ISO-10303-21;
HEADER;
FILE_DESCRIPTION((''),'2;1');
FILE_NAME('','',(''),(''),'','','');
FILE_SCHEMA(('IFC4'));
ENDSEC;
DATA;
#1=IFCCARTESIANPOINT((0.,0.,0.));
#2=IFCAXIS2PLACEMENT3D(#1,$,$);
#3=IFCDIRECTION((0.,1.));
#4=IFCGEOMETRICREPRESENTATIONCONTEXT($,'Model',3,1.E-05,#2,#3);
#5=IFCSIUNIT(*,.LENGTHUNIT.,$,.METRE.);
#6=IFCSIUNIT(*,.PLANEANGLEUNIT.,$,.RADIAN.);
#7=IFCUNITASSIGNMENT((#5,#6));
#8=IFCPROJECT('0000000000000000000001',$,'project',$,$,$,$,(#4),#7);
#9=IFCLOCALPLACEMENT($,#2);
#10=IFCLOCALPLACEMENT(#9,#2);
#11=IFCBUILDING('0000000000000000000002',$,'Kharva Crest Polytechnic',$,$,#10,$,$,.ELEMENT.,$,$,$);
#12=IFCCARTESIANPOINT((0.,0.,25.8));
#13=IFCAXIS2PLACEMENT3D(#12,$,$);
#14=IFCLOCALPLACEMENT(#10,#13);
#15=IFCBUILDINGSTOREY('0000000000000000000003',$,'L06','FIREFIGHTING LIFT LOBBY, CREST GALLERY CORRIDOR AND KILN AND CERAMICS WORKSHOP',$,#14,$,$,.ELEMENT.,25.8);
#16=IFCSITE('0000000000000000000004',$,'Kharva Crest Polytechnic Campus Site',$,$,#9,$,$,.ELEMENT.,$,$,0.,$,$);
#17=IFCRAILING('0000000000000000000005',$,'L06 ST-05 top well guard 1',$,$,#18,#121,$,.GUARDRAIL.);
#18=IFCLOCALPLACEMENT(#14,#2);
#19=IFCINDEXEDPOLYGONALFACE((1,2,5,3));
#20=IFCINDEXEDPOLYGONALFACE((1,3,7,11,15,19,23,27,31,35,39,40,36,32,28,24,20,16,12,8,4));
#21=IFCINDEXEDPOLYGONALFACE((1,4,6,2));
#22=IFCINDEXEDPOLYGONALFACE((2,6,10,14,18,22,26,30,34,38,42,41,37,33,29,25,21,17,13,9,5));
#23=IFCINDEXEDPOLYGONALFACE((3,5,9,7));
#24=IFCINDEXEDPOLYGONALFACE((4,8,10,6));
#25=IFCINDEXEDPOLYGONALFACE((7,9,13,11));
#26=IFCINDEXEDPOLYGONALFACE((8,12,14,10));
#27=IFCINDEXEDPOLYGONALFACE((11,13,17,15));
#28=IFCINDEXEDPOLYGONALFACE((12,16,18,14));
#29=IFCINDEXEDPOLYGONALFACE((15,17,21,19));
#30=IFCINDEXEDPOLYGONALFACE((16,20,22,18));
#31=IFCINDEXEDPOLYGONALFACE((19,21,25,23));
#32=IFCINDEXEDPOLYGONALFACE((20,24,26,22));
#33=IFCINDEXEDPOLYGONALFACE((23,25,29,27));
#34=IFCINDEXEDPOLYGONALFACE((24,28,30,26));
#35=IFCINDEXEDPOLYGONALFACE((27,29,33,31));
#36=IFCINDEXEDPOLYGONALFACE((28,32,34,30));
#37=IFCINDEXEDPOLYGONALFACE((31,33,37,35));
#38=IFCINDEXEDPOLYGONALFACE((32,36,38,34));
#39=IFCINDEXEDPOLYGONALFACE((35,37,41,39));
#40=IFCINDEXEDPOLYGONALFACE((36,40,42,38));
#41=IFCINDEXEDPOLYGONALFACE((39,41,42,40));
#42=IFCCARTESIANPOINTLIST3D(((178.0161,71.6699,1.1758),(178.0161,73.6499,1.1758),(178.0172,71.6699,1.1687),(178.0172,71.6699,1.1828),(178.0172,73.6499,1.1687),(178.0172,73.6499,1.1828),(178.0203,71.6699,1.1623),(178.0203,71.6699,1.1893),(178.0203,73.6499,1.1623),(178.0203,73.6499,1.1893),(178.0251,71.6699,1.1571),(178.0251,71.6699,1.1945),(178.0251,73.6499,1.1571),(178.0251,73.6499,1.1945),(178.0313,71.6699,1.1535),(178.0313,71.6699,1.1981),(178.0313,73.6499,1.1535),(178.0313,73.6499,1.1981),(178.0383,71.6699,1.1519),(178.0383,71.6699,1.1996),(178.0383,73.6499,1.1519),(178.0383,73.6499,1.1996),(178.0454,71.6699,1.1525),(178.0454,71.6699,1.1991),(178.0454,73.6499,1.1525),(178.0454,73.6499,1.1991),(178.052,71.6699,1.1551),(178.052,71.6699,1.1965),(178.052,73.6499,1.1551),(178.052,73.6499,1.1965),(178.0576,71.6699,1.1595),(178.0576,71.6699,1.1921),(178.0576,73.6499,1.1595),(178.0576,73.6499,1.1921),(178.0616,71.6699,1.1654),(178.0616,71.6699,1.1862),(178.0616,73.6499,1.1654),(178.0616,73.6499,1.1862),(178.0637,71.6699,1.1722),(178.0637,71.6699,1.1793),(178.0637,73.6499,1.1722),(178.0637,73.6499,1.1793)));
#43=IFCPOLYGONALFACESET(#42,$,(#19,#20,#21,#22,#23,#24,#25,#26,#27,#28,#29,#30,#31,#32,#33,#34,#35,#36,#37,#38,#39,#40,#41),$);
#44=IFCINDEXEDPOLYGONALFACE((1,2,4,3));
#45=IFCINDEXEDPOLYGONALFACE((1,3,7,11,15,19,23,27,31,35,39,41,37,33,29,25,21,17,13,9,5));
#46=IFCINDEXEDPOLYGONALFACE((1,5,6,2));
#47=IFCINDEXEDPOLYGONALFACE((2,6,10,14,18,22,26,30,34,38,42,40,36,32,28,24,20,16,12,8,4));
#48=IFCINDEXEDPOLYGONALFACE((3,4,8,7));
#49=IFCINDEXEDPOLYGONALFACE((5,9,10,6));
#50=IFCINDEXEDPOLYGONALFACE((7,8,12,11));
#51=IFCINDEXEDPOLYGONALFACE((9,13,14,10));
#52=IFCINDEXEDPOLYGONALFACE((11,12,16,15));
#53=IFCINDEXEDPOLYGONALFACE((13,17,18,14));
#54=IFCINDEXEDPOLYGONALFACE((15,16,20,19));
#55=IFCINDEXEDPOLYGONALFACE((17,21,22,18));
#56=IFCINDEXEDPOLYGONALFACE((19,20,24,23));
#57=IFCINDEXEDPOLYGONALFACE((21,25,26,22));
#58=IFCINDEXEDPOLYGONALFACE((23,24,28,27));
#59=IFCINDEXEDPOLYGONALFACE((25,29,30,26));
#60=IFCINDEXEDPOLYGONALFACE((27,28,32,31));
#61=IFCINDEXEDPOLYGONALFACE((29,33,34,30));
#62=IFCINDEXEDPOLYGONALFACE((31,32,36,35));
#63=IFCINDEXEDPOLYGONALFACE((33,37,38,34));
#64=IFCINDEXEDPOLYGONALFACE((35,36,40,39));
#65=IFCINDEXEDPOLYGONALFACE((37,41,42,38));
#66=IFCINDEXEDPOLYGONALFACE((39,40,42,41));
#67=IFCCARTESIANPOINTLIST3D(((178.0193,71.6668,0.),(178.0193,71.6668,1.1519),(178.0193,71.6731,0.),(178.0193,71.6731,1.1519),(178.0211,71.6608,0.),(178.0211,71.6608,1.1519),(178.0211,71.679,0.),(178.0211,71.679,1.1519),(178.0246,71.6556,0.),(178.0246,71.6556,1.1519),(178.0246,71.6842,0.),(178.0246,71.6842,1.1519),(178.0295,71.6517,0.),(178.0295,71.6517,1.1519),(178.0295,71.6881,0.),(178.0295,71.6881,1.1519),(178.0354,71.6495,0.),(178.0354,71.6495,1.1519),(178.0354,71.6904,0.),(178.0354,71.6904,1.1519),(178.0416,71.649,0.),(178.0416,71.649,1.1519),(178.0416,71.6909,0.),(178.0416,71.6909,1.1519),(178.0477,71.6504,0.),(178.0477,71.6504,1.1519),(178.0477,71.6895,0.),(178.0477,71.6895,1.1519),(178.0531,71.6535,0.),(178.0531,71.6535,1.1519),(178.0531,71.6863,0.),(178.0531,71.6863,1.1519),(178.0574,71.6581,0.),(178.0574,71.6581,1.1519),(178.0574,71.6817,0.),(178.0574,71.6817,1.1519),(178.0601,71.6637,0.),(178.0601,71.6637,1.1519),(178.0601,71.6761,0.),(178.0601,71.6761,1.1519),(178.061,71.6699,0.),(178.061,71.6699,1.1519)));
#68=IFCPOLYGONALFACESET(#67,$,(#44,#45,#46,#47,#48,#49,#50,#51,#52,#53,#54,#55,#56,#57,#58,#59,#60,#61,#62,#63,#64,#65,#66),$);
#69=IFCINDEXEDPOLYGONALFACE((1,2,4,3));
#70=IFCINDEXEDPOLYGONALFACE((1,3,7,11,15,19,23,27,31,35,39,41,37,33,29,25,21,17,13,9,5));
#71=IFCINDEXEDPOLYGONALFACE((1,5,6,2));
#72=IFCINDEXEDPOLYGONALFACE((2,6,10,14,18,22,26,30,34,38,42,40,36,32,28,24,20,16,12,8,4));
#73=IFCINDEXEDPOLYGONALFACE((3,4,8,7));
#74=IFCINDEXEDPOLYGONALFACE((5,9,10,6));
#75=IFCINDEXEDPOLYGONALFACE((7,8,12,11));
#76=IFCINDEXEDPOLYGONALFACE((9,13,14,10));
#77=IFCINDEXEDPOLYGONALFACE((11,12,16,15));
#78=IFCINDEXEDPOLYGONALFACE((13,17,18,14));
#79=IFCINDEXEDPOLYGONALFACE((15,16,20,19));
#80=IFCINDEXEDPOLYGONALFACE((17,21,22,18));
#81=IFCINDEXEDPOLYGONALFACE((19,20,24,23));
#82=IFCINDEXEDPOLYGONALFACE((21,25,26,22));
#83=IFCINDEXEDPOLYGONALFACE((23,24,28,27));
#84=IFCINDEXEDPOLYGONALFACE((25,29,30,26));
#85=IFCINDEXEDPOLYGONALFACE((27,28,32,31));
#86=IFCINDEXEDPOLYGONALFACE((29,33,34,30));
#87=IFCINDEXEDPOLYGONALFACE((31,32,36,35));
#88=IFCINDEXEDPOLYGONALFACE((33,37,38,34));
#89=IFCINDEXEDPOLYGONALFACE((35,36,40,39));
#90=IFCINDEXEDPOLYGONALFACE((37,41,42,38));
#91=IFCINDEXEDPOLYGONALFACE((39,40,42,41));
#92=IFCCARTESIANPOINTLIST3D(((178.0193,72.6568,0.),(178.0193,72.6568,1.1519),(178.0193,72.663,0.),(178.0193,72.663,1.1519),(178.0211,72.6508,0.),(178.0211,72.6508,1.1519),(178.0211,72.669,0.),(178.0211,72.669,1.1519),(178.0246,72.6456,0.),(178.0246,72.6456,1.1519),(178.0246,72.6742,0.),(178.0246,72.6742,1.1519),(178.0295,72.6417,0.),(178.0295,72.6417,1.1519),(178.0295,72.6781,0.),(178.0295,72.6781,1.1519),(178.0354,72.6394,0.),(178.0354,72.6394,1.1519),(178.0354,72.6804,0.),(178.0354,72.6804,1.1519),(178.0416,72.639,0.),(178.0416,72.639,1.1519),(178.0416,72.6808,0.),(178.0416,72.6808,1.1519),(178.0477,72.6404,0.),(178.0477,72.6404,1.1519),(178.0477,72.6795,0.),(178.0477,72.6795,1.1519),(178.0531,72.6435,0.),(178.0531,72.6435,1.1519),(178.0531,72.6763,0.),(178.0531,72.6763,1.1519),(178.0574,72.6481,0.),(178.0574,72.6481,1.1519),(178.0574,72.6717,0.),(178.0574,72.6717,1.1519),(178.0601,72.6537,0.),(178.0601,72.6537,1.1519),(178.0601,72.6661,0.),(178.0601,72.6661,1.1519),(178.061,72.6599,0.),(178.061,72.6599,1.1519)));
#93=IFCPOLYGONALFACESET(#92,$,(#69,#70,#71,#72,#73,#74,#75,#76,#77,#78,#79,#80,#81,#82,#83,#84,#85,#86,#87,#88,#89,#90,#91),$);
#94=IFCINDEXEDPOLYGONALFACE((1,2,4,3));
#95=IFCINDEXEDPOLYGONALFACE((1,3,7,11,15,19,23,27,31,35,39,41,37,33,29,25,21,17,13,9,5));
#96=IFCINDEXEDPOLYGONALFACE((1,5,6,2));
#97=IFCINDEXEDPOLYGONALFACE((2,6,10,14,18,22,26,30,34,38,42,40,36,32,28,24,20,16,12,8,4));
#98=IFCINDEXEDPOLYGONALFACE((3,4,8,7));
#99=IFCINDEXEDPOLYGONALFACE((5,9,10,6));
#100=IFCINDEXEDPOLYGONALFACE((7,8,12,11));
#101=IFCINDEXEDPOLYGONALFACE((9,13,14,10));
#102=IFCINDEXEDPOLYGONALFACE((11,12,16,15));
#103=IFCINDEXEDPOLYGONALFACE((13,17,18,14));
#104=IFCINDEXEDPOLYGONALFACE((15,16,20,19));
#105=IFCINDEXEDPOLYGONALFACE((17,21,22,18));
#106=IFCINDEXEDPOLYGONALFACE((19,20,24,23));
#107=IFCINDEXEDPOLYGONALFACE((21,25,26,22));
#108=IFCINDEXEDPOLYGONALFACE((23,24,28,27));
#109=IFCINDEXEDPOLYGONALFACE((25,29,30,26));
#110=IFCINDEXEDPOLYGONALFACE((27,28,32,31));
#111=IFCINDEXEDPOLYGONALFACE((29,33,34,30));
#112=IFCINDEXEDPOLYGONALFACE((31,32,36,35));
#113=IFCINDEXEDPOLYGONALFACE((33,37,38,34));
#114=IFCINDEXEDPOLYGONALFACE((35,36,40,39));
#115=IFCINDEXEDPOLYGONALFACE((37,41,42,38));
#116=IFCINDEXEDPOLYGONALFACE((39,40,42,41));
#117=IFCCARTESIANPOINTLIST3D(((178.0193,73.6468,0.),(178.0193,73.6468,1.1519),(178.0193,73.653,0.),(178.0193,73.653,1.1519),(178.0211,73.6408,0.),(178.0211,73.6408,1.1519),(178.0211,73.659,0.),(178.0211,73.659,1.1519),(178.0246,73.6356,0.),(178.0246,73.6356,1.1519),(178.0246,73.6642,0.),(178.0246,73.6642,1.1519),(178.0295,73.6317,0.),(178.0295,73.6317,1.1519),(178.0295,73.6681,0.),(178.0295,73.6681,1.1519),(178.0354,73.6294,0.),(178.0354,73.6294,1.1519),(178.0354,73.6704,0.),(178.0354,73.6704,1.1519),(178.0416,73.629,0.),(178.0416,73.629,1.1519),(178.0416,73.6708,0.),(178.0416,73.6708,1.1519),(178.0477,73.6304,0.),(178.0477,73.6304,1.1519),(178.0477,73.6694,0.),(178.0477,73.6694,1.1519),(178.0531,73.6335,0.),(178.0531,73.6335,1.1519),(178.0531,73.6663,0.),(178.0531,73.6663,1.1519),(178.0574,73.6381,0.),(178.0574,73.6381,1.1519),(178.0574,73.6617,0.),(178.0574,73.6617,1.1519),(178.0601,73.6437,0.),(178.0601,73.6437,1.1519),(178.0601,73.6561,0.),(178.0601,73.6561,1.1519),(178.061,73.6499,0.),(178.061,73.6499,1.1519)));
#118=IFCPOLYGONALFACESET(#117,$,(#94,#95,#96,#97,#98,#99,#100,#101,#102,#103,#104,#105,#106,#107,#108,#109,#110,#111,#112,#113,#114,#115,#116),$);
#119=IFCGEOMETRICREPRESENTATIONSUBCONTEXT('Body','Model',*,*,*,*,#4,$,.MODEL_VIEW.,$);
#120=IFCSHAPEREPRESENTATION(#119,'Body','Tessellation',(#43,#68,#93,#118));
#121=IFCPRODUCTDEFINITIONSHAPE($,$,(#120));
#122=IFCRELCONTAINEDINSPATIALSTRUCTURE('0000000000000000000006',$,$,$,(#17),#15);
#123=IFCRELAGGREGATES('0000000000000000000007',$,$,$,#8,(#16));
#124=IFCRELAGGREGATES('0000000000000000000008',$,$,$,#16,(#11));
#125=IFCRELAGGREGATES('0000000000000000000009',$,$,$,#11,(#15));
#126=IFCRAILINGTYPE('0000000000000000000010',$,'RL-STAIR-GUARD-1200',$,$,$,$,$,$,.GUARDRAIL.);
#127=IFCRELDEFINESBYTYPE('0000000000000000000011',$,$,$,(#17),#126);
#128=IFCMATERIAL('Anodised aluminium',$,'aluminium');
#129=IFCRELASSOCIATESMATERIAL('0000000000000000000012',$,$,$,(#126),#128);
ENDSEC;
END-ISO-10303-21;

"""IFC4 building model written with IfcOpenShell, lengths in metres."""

from ifc_helpers import new_model, si_unit, direction, frame, origin, origin_2d, place, context, subcontext, project, spatial, circle, extrude, material, type_object, element, save


model = new_model("IFC4")

# Units and contexts
model_context = context("Model", 3, precision=1e-05, world=origin(), true_north=direction((0.0, 1.0)))
body_context = subcontext(model_context, "Body", "Model", "MODEL_VIEW")
ifc_project = project(units=[si_unit("LENGTHUNIT", "METRE"), si_unit("PLANEANGLEUNIT", "RADIAN")], contexts=[model_context])

# Site, building, storey
site_placement = place(None, origin())
site = spatial("IfcSite", under=ifc_project, at=site_placement, Name="Kharva Crest Polytechnic Campus Site", CompositionType="ELEMENT", RefElevation=0.0)
building_placement = place(site_placement, origin())
building = spatial("IfcBuilding", under=site, at=building_placement, Name="Kharva Crest Polytechnic", CompositionType="ELEMENT")
storey_placement = place(building_placement, frame((0.0, 0.0, 25.8)))
storey = spatial("IfcBuildingStorey", under=building, at=storey_placement, Name="L06", Description="FIREFIGHTING LIFT LOBBY, CREST GALLERY CORRIDOR AND KILN AND CERAMICS WORKSHOP", CompositionType="ELEMENT", Elevation=25.8)

# Shared definitions
ifc_material_1 = material(Name="Anodised aluminium", Category="aluminium")

# Railing
railing_type_1 = type_object("IfcRailingType", Name="RL-STAIR-GUARD-1200", PredefinedType="GUARDRAIL", material=ifc_material_1)
railing_1_placement = place(storey_placement, frame((178.04, 71.6699, 0.0)))
element("IfcRailing", 1, at=railing_1_placement, inside=storey, type_object=railing_type_1, Name="L06 ST-05 top well guard 1", PredefinedType="GUARDRAIL", context=body_context, shape_type="SweptSolid", body=[
    extrude(circle(Radius=0.0239, at=origin_2d()), frame((0.0, 0.0, 1.1758), z_axis=(0.0, 1.0, 0.0), x_axis=(-1.0, 0.0, 0.0)), (0.0, 0.0, 1.0), 1.98),
    extrude(circle(Radius=0.021, at=origin_2d()), origin(), (0.0, 0.0, 1.0), 1.1519),
    extrude(circle(Radius=0.021, at=origin_2d()), frame((0.0, 0.99, 0.0)), (0.0, 0.0, 1.0), 1.1519),
    extrude(circle(Radius=0.021, at=origin_2d()), frame((0.0, 1.98, 0.0)), (0.0, 0.0, 1.0), 1.1519),
])

save(model, "model.ifc")
